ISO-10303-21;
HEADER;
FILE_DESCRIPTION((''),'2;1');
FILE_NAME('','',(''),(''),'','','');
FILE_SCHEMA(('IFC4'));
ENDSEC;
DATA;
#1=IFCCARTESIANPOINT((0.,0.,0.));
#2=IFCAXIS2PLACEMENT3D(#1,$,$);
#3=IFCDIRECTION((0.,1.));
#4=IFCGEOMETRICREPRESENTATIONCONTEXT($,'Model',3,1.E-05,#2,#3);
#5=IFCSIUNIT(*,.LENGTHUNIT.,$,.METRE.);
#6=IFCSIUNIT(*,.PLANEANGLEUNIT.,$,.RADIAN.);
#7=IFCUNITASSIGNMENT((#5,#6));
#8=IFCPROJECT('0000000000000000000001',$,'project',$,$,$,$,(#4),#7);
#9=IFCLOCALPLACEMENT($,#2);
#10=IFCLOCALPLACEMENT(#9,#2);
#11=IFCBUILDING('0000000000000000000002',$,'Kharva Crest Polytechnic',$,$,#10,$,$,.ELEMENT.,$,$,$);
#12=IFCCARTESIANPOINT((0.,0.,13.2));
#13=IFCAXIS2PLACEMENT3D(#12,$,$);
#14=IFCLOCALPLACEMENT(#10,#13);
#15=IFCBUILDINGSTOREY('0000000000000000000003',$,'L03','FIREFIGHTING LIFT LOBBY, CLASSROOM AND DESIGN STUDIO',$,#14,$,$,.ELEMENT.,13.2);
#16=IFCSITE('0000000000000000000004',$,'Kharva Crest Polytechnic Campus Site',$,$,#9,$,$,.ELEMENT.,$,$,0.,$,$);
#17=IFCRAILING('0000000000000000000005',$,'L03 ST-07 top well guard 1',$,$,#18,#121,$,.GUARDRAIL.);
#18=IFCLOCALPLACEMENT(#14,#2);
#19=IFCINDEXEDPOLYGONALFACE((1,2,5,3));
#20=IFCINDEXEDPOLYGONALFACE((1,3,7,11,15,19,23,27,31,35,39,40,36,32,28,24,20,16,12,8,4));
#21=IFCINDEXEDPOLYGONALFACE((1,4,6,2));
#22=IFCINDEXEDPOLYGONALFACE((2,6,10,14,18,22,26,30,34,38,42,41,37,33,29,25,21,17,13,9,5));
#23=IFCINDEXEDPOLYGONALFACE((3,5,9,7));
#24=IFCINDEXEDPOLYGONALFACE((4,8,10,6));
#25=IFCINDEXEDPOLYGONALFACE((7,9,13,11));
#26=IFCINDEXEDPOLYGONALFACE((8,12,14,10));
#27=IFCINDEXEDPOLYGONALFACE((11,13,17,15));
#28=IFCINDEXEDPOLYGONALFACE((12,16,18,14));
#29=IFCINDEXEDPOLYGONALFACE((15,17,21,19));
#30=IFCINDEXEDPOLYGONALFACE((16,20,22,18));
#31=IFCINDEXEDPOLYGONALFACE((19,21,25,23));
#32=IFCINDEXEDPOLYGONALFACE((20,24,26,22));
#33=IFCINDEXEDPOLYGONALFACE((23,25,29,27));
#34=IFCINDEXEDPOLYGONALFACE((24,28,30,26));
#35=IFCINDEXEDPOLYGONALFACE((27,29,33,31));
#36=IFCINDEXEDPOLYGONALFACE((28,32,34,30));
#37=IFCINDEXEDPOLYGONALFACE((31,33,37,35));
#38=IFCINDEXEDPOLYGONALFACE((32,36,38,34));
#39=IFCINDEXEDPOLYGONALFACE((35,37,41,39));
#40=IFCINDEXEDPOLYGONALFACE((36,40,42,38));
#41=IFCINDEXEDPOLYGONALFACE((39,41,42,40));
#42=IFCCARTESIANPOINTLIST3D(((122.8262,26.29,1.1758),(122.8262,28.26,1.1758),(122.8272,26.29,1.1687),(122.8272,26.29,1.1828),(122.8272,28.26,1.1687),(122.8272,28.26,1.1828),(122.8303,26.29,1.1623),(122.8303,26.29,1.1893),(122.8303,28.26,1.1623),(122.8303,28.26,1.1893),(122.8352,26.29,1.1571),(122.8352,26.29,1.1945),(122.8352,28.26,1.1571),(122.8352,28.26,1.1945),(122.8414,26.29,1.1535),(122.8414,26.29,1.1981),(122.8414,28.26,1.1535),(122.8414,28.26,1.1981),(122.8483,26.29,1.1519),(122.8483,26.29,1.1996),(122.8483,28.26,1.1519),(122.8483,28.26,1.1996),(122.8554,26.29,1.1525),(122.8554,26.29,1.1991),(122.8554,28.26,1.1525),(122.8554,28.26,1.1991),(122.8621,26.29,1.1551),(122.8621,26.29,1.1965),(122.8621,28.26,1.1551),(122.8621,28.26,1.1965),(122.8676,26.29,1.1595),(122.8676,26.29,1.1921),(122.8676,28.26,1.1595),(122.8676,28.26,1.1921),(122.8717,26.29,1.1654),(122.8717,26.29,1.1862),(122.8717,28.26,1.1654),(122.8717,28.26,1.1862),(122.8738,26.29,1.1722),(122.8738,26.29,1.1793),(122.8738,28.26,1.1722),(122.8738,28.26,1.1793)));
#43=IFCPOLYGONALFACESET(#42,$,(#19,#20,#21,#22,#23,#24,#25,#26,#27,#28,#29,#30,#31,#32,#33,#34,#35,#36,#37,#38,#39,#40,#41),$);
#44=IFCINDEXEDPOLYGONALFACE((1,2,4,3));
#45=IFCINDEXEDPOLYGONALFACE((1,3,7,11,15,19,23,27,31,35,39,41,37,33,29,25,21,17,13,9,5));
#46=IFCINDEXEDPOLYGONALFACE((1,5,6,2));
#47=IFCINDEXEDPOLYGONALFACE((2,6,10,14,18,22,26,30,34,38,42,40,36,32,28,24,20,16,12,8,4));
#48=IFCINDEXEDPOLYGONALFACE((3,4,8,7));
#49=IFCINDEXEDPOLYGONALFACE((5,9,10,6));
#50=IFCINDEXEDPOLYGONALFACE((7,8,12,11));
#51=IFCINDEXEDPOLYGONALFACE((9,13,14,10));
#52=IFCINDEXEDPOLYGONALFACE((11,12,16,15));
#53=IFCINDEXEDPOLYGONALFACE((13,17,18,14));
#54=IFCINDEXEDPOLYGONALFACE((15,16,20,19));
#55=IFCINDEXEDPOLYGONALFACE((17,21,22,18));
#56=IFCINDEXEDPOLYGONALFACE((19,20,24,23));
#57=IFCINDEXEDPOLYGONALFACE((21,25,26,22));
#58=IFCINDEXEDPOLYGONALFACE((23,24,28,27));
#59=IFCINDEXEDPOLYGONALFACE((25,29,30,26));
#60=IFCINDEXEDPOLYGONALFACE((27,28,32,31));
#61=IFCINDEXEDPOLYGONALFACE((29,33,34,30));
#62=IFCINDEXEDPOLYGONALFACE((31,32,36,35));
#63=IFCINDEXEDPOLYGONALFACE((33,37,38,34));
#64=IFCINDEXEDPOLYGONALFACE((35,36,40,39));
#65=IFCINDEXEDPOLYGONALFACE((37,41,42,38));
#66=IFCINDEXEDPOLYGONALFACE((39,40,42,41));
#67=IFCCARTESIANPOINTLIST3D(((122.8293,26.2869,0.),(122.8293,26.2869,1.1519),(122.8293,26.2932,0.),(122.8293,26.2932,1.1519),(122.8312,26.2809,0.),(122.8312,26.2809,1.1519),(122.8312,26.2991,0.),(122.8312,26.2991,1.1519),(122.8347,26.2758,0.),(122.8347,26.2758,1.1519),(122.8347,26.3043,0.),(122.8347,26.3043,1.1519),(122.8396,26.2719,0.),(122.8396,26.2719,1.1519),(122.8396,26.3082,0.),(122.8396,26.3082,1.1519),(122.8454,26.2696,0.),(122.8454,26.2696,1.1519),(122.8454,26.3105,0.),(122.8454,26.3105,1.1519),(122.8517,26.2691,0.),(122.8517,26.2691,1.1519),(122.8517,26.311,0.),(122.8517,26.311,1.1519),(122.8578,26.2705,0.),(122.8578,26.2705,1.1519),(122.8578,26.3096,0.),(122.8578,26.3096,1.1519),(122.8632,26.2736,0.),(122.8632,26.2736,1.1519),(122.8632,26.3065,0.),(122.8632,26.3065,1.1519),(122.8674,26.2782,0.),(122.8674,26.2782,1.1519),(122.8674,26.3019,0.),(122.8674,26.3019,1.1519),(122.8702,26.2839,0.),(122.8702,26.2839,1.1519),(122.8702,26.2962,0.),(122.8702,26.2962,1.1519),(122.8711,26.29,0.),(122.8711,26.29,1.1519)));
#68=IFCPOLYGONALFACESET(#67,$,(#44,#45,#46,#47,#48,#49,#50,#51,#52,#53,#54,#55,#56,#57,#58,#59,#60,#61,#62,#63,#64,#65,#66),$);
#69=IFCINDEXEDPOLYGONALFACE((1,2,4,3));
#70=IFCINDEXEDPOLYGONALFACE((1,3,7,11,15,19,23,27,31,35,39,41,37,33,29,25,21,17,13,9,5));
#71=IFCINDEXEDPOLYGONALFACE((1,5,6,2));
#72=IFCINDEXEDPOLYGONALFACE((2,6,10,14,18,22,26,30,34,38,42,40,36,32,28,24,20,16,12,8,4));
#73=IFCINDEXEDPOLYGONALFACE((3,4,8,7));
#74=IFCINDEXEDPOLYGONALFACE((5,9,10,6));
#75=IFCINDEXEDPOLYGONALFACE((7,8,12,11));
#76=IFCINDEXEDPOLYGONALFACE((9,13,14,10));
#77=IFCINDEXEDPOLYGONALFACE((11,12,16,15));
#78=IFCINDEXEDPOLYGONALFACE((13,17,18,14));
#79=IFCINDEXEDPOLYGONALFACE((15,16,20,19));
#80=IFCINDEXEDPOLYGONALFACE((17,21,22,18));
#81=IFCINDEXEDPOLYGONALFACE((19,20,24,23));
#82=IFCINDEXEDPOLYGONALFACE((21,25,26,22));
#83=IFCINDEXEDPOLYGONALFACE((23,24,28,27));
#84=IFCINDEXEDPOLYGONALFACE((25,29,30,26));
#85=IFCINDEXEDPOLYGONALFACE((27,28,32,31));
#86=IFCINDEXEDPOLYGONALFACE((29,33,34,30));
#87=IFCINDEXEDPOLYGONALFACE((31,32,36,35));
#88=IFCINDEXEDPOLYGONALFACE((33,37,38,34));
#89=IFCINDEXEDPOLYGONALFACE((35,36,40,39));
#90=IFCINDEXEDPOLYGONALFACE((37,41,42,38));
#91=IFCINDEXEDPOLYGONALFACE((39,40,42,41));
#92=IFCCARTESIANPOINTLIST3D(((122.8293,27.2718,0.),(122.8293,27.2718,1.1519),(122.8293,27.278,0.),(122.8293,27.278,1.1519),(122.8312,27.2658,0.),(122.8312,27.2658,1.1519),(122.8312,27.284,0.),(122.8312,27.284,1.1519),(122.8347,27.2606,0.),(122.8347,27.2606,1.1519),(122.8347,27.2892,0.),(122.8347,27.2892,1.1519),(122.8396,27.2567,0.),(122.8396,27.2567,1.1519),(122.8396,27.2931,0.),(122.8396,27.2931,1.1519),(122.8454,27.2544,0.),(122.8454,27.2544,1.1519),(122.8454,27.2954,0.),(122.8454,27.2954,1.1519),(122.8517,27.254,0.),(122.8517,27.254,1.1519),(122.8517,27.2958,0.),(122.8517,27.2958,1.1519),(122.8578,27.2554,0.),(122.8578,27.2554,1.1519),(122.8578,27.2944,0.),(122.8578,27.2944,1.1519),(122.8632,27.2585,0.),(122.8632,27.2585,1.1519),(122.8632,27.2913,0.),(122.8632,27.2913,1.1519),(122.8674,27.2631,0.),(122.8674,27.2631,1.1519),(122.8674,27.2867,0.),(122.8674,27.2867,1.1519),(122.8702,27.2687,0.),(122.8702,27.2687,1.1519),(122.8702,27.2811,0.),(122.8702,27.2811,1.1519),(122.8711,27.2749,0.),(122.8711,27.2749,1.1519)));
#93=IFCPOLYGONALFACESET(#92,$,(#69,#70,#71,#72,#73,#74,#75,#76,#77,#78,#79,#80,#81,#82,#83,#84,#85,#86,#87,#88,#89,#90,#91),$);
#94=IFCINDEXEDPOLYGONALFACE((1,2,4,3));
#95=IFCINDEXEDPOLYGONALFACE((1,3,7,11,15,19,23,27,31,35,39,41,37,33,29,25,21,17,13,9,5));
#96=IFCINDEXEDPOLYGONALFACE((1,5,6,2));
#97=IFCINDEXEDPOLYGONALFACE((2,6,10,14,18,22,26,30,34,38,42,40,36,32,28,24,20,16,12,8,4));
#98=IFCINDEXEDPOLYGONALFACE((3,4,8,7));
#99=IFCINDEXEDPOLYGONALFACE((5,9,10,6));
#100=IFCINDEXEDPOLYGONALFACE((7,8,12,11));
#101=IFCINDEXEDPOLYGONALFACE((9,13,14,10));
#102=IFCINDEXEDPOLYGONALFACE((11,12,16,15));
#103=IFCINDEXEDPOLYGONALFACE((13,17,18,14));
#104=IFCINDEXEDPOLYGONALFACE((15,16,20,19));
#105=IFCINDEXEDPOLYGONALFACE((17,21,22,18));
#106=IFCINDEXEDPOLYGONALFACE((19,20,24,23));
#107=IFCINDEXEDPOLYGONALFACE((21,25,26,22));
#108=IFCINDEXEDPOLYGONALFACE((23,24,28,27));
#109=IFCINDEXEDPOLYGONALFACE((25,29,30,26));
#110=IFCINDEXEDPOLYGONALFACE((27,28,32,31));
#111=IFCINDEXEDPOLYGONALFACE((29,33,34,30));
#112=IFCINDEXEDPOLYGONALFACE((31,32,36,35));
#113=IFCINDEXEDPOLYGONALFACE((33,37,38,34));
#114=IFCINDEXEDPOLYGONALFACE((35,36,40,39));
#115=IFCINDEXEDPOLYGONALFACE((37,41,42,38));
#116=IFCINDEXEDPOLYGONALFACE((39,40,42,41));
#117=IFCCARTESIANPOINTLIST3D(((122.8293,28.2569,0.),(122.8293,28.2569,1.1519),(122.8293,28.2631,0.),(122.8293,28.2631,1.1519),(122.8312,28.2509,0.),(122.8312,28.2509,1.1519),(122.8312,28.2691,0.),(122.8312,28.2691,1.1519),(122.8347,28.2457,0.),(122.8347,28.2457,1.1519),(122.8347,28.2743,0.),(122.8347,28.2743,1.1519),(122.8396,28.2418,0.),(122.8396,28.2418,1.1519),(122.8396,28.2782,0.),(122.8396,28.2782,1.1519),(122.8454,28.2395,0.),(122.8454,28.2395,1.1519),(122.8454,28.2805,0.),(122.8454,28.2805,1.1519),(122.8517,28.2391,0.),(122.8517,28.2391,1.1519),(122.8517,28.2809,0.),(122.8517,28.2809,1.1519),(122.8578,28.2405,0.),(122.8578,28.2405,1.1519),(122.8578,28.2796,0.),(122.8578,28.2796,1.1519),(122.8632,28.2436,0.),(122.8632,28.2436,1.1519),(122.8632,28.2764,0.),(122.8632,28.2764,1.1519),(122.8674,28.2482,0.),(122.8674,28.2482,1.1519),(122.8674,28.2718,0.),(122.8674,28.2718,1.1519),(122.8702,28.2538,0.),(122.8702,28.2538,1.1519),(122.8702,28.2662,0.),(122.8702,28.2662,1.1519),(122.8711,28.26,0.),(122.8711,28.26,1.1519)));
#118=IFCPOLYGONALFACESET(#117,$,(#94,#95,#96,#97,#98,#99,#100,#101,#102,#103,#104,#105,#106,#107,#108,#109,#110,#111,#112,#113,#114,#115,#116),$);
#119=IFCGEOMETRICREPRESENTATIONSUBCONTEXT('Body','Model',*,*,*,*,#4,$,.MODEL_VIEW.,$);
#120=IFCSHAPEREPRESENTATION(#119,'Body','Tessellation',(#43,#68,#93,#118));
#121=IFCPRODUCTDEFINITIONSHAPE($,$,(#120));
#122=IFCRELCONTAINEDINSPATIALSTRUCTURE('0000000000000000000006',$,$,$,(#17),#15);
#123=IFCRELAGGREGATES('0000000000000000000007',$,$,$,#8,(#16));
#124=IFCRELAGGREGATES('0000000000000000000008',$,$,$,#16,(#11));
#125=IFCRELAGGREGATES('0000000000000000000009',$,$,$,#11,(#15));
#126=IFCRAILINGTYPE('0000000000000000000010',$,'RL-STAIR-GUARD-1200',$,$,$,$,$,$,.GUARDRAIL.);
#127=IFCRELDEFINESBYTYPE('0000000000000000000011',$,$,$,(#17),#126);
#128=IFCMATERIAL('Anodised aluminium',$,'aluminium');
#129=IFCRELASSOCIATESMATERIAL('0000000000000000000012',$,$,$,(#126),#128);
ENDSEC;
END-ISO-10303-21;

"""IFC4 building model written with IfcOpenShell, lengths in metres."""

from ifc_helpers import new_model, si_unit, direction, frame, origin, origin_2d, place, context, subcontext, project, spatial, circle, extrude, material, type_object, element, save


model = new_model("IFC4")

# Units and contexts
model_context = context("Model", 3, precision=1e-05, world=origin(), true_north=direction((0.0, 1.0)))
body_context = subcontext(model_context, "Body", "Model", "MODEL_VIEW")
ifc_project = project(units=[si_unit("LENGTHUNIT", "METRE"), si_unit("PLANEANGLEUNIT", "RADIAN")], contexts=[model_context])

# Site, building, storey
site_placement = place(None, origin())
site = spatial("IfcSite", under=ifc_project, at=site_placement, Name="Kharva Crest Polytechnic Campus Site", CompositionType="ELEMENT", RefElevation=0.0)
building_placement = place(site_placement, origin())
building = spatial("IfcBuilding", under=site, at=building_placement, Name="Kharva Crest Polytechnic", CompositionType="ELEMENT")
storey_placement = place(building_placement, frame((0.0, 0.0, 13.2)))
storey = spatial("IfcBuildingStorey", under=building, at=storey_placement, Name="L03", Description="FIREFIGHTING LIFT LOBBY, CLASSROOM AND DESIGN STUDIO", CompositionType="ELEMENT", Elevation=13.2)

# Railing
ifc_material_1 = material(Name="Anodised aluminium", Category="aluminium")
railing_type = type_object("IfcRailingType", Name="RL-STAIR-GUARD-1200", PredefinedType="GUARDRAIL", material=ifc_material_1)
railing_placement = place(storey_placement, frame((122.8501, 26.29, 0.0)))
element("IfcRailing", 1, at=railing_placement, inside=storey, type_object=railing_type, Name="L03 ST-07 top well guard 1", PredefinedType="GUARDRAIL", context=body_context, shape_type="SweptSolid", body=[
    extrude(circle(Radius=0.0239, at=origin_2d()), frame((0.0, 0.0, 1.1758), z_axis=(0.0, 1.0, 0.0), x_axis=(-1.0, 0.0, 0.0)), (0.0, 0.0, 1.0), 1.97),
    extrude(circle(Radius=0.021, at=origin_2d()), origin(), (0.0, 0.0, 1.0), 1.1519),
    extrude(circle(Radius=0.021, at=origin_2d()), frame((0.0, 0.9849, 0.0)), (0.0, 0.0, 1.0), 1.1519),
    extrude(circle(Radius=0.021, at=origin_2d()), frame((0.0, 1.97, 0.0)), (0.0, 0.0, 1.0), 1.1519),
])

save(model, "model.ifc")
